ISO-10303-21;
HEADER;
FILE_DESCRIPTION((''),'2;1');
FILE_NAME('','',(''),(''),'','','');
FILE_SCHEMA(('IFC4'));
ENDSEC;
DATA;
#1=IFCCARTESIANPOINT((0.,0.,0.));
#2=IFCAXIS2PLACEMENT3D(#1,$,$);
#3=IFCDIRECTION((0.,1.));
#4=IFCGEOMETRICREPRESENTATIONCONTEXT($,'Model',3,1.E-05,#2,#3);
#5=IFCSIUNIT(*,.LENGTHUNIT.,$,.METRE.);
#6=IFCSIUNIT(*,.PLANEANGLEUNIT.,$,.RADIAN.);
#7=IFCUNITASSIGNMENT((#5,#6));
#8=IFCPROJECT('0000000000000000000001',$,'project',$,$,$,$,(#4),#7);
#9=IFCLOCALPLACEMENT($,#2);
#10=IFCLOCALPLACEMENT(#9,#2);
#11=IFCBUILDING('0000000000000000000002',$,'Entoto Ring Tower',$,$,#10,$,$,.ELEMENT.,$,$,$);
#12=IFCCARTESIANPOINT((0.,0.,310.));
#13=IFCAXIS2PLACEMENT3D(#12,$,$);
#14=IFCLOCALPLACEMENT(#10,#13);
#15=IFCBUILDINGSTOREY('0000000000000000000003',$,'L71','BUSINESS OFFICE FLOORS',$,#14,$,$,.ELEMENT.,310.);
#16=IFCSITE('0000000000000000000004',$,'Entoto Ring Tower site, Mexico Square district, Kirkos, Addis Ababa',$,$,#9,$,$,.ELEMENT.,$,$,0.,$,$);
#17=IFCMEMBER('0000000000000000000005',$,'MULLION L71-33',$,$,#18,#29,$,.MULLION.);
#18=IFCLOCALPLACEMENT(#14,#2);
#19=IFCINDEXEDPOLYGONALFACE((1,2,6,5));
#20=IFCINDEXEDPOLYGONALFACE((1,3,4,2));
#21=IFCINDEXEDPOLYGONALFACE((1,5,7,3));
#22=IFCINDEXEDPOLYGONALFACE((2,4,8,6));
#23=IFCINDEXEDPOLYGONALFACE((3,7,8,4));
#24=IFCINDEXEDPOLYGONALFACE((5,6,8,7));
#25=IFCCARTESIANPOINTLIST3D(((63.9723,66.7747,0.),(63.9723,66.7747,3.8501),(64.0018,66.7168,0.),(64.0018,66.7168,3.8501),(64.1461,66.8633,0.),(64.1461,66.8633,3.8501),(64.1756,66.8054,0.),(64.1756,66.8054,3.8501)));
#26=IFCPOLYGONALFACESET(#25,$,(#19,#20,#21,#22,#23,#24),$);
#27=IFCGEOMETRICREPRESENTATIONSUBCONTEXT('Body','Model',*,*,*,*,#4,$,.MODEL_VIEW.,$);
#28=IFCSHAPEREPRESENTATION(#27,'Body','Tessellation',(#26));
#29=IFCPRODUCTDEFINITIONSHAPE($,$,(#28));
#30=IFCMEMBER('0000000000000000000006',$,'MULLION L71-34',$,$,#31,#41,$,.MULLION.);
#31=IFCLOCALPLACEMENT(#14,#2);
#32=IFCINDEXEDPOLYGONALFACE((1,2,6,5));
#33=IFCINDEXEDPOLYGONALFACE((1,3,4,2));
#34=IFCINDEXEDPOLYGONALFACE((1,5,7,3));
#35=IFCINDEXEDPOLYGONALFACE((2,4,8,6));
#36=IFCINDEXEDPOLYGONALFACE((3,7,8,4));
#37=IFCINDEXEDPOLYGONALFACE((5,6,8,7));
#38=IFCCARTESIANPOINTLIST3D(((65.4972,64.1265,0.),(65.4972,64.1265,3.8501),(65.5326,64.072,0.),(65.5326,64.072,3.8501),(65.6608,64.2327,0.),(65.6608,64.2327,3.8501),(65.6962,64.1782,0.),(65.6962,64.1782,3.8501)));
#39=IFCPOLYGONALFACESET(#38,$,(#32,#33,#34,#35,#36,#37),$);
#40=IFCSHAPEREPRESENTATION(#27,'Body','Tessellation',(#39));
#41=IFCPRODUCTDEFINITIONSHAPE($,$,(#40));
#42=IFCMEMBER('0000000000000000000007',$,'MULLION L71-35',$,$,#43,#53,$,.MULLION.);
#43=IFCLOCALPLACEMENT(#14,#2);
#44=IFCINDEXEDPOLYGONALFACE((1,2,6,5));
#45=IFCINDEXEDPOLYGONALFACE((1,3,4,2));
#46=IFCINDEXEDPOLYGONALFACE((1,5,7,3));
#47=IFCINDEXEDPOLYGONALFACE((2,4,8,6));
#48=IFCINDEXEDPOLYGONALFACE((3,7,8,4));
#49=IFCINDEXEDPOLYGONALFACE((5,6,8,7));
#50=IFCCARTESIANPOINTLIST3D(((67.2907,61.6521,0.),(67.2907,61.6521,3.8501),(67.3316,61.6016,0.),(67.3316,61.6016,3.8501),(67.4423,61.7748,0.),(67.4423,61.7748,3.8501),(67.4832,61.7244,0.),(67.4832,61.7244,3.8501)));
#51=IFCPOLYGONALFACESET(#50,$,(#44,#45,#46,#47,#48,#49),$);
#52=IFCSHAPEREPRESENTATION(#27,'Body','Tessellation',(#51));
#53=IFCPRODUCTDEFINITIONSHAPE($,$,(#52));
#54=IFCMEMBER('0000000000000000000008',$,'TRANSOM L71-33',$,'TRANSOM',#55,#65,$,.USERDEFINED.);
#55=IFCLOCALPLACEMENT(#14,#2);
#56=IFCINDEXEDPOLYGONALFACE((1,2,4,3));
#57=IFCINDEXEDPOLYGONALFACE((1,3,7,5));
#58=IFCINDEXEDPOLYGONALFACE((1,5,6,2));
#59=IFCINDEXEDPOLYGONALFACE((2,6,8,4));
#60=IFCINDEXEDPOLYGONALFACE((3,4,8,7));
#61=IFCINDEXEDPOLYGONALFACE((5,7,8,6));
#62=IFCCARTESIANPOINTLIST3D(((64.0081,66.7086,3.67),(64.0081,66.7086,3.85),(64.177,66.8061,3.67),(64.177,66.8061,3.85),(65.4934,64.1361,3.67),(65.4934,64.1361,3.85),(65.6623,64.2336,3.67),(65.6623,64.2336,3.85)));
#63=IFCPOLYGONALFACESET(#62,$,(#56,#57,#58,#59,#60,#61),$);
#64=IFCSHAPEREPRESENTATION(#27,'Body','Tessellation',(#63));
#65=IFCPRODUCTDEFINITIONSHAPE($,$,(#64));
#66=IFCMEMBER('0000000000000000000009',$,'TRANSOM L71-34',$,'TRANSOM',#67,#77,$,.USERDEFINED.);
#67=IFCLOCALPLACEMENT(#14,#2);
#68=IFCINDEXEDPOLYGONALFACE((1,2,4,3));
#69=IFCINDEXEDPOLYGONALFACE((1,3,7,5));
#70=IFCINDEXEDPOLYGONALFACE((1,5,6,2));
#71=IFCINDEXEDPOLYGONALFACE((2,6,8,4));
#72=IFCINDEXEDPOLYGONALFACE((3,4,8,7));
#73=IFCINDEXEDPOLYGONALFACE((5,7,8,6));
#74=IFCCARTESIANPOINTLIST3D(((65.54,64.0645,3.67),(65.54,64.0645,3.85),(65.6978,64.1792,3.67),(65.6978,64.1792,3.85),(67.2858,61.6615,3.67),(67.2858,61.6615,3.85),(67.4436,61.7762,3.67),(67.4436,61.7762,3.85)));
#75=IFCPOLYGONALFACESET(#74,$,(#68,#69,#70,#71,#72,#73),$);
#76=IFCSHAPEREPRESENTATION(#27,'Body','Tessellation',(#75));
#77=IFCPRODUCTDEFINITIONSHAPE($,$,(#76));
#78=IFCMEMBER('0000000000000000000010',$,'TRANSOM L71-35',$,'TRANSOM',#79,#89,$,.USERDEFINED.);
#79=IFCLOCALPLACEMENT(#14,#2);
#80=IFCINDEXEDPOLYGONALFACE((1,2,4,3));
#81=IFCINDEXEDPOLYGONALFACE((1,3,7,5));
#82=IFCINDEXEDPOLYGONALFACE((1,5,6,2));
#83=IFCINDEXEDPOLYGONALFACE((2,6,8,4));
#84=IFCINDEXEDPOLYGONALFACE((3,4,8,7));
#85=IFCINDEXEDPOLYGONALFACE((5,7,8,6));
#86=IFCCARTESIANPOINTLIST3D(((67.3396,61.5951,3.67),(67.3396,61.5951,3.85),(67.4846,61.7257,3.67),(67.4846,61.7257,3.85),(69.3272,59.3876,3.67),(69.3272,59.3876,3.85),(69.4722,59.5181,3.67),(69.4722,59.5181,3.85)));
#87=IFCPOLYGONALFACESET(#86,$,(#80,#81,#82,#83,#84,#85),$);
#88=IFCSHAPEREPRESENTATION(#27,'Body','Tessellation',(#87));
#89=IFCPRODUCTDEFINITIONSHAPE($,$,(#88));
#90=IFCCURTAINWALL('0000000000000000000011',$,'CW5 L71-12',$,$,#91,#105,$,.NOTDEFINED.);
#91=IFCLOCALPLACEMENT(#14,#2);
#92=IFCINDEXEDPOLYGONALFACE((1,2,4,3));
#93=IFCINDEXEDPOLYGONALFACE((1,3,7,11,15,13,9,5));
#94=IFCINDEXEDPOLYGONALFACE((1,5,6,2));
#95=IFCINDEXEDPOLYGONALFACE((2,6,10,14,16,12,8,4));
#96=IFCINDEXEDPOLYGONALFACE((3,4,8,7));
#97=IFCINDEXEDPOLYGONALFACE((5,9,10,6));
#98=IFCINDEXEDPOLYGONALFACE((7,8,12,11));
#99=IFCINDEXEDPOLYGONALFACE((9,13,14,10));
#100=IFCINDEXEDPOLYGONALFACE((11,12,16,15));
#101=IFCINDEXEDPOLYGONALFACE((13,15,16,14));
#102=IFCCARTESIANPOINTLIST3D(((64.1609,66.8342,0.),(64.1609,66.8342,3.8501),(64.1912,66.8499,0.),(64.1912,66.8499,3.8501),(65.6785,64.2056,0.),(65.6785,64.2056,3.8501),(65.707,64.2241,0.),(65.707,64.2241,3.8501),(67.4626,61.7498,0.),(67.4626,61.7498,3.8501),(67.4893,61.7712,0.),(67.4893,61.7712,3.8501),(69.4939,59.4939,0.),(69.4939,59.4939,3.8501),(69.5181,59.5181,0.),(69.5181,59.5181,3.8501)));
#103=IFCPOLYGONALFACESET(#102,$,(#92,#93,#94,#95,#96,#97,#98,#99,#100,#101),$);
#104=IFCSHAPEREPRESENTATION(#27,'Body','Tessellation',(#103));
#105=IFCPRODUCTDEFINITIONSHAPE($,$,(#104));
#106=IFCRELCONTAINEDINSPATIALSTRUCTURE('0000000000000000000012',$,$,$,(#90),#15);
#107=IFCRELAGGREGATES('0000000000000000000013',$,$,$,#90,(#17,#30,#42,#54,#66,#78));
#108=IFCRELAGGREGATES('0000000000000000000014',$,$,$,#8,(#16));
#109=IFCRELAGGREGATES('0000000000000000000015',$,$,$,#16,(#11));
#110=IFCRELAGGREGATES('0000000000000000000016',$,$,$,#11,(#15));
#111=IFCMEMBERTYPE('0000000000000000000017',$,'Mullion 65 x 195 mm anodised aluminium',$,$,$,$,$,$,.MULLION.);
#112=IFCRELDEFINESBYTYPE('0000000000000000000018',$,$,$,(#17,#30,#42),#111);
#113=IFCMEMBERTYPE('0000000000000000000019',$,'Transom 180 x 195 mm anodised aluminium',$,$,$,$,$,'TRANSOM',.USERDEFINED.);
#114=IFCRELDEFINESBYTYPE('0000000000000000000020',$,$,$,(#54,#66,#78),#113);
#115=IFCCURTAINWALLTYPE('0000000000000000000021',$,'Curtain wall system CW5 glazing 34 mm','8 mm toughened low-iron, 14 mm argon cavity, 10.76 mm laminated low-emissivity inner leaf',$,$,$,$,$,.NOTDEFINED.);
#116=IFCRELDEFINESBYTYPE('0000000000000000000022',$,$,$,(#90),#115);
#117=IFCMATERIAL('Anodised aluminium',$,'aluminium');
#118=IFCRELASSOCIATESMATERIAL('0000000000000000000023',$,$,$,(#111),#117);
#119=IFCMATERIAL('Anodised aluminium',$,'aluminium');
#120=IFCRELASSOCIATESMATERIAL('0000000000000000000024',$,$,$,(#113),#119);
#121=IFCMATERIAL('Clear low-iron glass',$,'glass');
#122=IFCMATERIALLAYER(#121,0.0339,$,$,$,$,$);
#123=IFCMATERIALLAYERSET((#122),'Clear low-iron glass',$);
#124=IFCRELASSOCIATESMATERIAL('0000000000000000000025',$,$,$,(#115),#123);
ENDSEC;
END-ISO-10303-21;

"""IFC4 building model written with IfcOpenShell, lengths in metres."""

from ifc_helpers import new_model, si_unit, direction, frame, origin, origin_2d, place, context, subcontext, project, spatial, polyline, rectangle, outline, extrude, material, layer, layer_set, material_profile, profile_set, type_object, element, aggregate, save


model = new_model("IFC4")

# Units and contexts
model_context = context("Model", 3, precision=1e-05, world=origin(), true_north=direction((0.0, 1.0)))
body_context = subcontext(model_context, "Body", "Model", "MODEL_VIEW")
ifc_project = project(units=[si_unit("LENGTHUNIT", "METRE"), si_unit("PLANEANGLEUNIT", "RADIAN")], contexts=[model_context])

# Members
ifc_material_1 = material(Name="Anodised aluminium", Category="aluminium")
ifc_material_profile_1 = material_profile(ifc_material_1, rectangle(XDim=0.0649, YDim=0.1951, at=origin_2d()), Name="Mullion 65 x 195 mm anodised aluminium")
ifc_profile_set_1 = profile_set([ifc_material_profile_1], Name="Anodised aluminium")
member_type_1 = type_object("IfcMemberType", Name="Mullion 65 x 195 mm anodised aluminium", PredefinedType="MULLION", material=ifc_profile_set_1)
site_placement = place(None, origin())
building_placement = place(site_placement, origin())
storey_placement = place(building_placement, frame((0.0, 0.0, 310.0)))
member_1_placement = place(storey_placement, frame((64.074, 66.79, 0.0), z_axis=(0.0, 0.0, 1.0), x_axis=(0.45399, -0.891007, 0.0)))
member_1 = element("IfcMember", 1, at=member_1_placement, type_object=member_type_1, Name="MULLION L71-33", PredefinedType="MULLION", context=body_context, shape_type="SweptSolid", body=[
    extrude(rectangle(XDim=0.0649, YDim=0.1951, at=origin_2d()), origin(), (0.0, 0.0, 1.0), 3.8501),
])
member_2_placement = place(storey_placement, frame((65.5967, 64.1523, 0.0), z_axis=(0.0, 0.0, 1.0), x_axis=(0.544639, -0.838671, 0.0)))
member_2 = element("IfcMember", 2, at=member_2_placement, type_object=member_type_1, Name="MULLION L71-34", PredefinedType="MULLION", context=body_context, shape_type="SweptSolid", body=[
    extrude(rectangle(XDim=0.0649, YDim=0.1951, at=origin_2d()), origin(), (0.0, 0.0, 1.0), 3.8501),
])
member_3_placement = place(storey_placement, frame((67.387, 61.6882, 0.0), z_axis=(0.0, 0.0, 1.0), x_axis=(0.62932, -0.777146, 0.0)))
member_3 = element("IfcMember", 3, at=member_3_placement, type_object=member_type_1, Name="MULLION L71-35", PredefinedType="MULLION", context=body_context, shape_type="SweptSolid", body=[
    extrude(rectangle(XDim=0.0649, YDim=0.1951, at=origin_2d()), origin(), (0.0, 0.0, 1.0), 3.8501),
])
ifc_material_2 = material(Name="Anodised aluminium", Category="aluminium")
ifc_material_profile_2 = material_profile(ifc_material_2, rectangle(XDim=0.1951, YDim=0.1799, at=origin_2d()), Name="Transom 180 x 195 mm anodised aluminium")
ifc_profile_set_2 = profile_set([ifc_material_profile_2], Name="Anodised aluminium")
member_type_2 = type_object("IfcMemberType", Name="Transom 180 x 195 mm anodised aluminium", ElementType="TRANSOM", PredefinedType="USERDEFINED", material=ifc_profile_set_2)
member_4_placement = place(storey_placement, frame((64.0925, 66.7573, 3.76), z_axis=(0.500028, -0.866009, 0.0), x_axis=(0.866009, 0.500028, 0.0)))
member_4 = element("IfcMember", 4, at=member_4_placement, type_object=member_type_2, Name="TRANSOM L71-33", ObjectType="TRANSOM", PredefinedType="USERDEFINED", context=body_context, shape_type="SweptSolid", body=[
    extrude(rectangle(XDim=0.1951, YDim=0.1799, at=origin_2d()), origin(), (0.0, 0.0, 1.0), 2.9705),
])
member_5_placement = place(storey_placement, frame((65.6189, 64.1218, 3.76), z_axis=(0.587766, -0.809031, 0.0), x_axis=(0.809031, 0.587766, 0.0)))
member_5 = element("IfcMember", 5, at=member_5_placement, type_object=member_type_2, Name="TRANSOM L71-34", ObjectType="TRANSOM", PredefinedType="USERDEFINED", context=body_context, shape_type="SweptSolid", body=[
    extrude(rectangle(XDim=0.1951, YDim=0.1799, at=origin_2d()), origin(), (0.0, 0.0, 1.0), 2.9702),
])
member_6_placement = place(storey_placement, frame((67.4121, 61.6604, 3.76), z_axis=(0.66911, -0.743163, 0.0), x_axis=(0.743163, 0.66911, 0.0)))
member_6 = element("IfcMember", 6, at=member_6_placement, type_object=member_type_2, Name="TRANSOM L71-35", ObjectType="TRANSOM", PredefinedType="USERDEFINED", context=body_context, shape_type="SweptSolid", body=[
    extrude(rectangle(XDim=0.1951, YDim=0.1799, at=origin_2d()), origin(), (0.0, 0.0, 1.0), 2.9705),
])

# Site, building, storey
site = spatial("IfcSite", under=ifc_project, at=site_placement, Name="Entoto Ring Tower site, Mexico Square district, Kirkos, Addis Ababa", CompositionType="ELEMENT", RefElevation=0.0)
building = spatial("IfcBuilding", under=site, at=building_placement, Name="Entoto Ring Tower", CompositionType="ELEMENT")
storey = spatial("IfcBuildingStorey", under=building, at=storey_placement, Name="L71", Description="BUSINESS OFFICE FLOORS", CompositionType="ELEMENT", Elevation=310.0)

# Curtain wall
ifc_material_3 = material(Name="Clear low-iron glass", Category="glass")
ifc_layer = layer(ifc_material_3, 0.0339)
ifc_layer_set = layer_set([ifc_layer], Name="Clear low-iron glass")
curtain_wall_type = type_object("IfcCurtainWallType", Name="Curtain wall system CW5 glazing 34 mm", Description="8 mm toughened low-iron, 14 mm argon cavity, 10.76 mm laminated low-emissivity inner leaf", PredefinedType="NOTDEFINED", material=ifc_layer_set)
curtain_wall_1_placement = place(storey_placement, origin())
curtain_wall_1 = element("IfcCurtainWall", 7, at=curtain_wall_1_placement, inside=storey, type_object=curtain_wall_type, Name="CW5 L71-12", PredefinedType="NOTDEFINED", context=body_context, shape_type="SweptSolid", body=[
    extrude(outline(polyline([(64.1609, 66.8342), (65.6785, 64.2056), (67.4626, 61.7498), (69.4939, 59.4939), (69.5181, 59.5181), (67.4893, 61.7712), (65.707, 64.2241), (64.1912, 66.8499), (64.1609, 66.8342)])), origin(), (0.0, 0.0, 1.0), 3.8501),
])
aggregate(curtain_wall_1, [member_1, member_2, member_3, member_4, member_5, member_6])

save(model, "model.ifc")
